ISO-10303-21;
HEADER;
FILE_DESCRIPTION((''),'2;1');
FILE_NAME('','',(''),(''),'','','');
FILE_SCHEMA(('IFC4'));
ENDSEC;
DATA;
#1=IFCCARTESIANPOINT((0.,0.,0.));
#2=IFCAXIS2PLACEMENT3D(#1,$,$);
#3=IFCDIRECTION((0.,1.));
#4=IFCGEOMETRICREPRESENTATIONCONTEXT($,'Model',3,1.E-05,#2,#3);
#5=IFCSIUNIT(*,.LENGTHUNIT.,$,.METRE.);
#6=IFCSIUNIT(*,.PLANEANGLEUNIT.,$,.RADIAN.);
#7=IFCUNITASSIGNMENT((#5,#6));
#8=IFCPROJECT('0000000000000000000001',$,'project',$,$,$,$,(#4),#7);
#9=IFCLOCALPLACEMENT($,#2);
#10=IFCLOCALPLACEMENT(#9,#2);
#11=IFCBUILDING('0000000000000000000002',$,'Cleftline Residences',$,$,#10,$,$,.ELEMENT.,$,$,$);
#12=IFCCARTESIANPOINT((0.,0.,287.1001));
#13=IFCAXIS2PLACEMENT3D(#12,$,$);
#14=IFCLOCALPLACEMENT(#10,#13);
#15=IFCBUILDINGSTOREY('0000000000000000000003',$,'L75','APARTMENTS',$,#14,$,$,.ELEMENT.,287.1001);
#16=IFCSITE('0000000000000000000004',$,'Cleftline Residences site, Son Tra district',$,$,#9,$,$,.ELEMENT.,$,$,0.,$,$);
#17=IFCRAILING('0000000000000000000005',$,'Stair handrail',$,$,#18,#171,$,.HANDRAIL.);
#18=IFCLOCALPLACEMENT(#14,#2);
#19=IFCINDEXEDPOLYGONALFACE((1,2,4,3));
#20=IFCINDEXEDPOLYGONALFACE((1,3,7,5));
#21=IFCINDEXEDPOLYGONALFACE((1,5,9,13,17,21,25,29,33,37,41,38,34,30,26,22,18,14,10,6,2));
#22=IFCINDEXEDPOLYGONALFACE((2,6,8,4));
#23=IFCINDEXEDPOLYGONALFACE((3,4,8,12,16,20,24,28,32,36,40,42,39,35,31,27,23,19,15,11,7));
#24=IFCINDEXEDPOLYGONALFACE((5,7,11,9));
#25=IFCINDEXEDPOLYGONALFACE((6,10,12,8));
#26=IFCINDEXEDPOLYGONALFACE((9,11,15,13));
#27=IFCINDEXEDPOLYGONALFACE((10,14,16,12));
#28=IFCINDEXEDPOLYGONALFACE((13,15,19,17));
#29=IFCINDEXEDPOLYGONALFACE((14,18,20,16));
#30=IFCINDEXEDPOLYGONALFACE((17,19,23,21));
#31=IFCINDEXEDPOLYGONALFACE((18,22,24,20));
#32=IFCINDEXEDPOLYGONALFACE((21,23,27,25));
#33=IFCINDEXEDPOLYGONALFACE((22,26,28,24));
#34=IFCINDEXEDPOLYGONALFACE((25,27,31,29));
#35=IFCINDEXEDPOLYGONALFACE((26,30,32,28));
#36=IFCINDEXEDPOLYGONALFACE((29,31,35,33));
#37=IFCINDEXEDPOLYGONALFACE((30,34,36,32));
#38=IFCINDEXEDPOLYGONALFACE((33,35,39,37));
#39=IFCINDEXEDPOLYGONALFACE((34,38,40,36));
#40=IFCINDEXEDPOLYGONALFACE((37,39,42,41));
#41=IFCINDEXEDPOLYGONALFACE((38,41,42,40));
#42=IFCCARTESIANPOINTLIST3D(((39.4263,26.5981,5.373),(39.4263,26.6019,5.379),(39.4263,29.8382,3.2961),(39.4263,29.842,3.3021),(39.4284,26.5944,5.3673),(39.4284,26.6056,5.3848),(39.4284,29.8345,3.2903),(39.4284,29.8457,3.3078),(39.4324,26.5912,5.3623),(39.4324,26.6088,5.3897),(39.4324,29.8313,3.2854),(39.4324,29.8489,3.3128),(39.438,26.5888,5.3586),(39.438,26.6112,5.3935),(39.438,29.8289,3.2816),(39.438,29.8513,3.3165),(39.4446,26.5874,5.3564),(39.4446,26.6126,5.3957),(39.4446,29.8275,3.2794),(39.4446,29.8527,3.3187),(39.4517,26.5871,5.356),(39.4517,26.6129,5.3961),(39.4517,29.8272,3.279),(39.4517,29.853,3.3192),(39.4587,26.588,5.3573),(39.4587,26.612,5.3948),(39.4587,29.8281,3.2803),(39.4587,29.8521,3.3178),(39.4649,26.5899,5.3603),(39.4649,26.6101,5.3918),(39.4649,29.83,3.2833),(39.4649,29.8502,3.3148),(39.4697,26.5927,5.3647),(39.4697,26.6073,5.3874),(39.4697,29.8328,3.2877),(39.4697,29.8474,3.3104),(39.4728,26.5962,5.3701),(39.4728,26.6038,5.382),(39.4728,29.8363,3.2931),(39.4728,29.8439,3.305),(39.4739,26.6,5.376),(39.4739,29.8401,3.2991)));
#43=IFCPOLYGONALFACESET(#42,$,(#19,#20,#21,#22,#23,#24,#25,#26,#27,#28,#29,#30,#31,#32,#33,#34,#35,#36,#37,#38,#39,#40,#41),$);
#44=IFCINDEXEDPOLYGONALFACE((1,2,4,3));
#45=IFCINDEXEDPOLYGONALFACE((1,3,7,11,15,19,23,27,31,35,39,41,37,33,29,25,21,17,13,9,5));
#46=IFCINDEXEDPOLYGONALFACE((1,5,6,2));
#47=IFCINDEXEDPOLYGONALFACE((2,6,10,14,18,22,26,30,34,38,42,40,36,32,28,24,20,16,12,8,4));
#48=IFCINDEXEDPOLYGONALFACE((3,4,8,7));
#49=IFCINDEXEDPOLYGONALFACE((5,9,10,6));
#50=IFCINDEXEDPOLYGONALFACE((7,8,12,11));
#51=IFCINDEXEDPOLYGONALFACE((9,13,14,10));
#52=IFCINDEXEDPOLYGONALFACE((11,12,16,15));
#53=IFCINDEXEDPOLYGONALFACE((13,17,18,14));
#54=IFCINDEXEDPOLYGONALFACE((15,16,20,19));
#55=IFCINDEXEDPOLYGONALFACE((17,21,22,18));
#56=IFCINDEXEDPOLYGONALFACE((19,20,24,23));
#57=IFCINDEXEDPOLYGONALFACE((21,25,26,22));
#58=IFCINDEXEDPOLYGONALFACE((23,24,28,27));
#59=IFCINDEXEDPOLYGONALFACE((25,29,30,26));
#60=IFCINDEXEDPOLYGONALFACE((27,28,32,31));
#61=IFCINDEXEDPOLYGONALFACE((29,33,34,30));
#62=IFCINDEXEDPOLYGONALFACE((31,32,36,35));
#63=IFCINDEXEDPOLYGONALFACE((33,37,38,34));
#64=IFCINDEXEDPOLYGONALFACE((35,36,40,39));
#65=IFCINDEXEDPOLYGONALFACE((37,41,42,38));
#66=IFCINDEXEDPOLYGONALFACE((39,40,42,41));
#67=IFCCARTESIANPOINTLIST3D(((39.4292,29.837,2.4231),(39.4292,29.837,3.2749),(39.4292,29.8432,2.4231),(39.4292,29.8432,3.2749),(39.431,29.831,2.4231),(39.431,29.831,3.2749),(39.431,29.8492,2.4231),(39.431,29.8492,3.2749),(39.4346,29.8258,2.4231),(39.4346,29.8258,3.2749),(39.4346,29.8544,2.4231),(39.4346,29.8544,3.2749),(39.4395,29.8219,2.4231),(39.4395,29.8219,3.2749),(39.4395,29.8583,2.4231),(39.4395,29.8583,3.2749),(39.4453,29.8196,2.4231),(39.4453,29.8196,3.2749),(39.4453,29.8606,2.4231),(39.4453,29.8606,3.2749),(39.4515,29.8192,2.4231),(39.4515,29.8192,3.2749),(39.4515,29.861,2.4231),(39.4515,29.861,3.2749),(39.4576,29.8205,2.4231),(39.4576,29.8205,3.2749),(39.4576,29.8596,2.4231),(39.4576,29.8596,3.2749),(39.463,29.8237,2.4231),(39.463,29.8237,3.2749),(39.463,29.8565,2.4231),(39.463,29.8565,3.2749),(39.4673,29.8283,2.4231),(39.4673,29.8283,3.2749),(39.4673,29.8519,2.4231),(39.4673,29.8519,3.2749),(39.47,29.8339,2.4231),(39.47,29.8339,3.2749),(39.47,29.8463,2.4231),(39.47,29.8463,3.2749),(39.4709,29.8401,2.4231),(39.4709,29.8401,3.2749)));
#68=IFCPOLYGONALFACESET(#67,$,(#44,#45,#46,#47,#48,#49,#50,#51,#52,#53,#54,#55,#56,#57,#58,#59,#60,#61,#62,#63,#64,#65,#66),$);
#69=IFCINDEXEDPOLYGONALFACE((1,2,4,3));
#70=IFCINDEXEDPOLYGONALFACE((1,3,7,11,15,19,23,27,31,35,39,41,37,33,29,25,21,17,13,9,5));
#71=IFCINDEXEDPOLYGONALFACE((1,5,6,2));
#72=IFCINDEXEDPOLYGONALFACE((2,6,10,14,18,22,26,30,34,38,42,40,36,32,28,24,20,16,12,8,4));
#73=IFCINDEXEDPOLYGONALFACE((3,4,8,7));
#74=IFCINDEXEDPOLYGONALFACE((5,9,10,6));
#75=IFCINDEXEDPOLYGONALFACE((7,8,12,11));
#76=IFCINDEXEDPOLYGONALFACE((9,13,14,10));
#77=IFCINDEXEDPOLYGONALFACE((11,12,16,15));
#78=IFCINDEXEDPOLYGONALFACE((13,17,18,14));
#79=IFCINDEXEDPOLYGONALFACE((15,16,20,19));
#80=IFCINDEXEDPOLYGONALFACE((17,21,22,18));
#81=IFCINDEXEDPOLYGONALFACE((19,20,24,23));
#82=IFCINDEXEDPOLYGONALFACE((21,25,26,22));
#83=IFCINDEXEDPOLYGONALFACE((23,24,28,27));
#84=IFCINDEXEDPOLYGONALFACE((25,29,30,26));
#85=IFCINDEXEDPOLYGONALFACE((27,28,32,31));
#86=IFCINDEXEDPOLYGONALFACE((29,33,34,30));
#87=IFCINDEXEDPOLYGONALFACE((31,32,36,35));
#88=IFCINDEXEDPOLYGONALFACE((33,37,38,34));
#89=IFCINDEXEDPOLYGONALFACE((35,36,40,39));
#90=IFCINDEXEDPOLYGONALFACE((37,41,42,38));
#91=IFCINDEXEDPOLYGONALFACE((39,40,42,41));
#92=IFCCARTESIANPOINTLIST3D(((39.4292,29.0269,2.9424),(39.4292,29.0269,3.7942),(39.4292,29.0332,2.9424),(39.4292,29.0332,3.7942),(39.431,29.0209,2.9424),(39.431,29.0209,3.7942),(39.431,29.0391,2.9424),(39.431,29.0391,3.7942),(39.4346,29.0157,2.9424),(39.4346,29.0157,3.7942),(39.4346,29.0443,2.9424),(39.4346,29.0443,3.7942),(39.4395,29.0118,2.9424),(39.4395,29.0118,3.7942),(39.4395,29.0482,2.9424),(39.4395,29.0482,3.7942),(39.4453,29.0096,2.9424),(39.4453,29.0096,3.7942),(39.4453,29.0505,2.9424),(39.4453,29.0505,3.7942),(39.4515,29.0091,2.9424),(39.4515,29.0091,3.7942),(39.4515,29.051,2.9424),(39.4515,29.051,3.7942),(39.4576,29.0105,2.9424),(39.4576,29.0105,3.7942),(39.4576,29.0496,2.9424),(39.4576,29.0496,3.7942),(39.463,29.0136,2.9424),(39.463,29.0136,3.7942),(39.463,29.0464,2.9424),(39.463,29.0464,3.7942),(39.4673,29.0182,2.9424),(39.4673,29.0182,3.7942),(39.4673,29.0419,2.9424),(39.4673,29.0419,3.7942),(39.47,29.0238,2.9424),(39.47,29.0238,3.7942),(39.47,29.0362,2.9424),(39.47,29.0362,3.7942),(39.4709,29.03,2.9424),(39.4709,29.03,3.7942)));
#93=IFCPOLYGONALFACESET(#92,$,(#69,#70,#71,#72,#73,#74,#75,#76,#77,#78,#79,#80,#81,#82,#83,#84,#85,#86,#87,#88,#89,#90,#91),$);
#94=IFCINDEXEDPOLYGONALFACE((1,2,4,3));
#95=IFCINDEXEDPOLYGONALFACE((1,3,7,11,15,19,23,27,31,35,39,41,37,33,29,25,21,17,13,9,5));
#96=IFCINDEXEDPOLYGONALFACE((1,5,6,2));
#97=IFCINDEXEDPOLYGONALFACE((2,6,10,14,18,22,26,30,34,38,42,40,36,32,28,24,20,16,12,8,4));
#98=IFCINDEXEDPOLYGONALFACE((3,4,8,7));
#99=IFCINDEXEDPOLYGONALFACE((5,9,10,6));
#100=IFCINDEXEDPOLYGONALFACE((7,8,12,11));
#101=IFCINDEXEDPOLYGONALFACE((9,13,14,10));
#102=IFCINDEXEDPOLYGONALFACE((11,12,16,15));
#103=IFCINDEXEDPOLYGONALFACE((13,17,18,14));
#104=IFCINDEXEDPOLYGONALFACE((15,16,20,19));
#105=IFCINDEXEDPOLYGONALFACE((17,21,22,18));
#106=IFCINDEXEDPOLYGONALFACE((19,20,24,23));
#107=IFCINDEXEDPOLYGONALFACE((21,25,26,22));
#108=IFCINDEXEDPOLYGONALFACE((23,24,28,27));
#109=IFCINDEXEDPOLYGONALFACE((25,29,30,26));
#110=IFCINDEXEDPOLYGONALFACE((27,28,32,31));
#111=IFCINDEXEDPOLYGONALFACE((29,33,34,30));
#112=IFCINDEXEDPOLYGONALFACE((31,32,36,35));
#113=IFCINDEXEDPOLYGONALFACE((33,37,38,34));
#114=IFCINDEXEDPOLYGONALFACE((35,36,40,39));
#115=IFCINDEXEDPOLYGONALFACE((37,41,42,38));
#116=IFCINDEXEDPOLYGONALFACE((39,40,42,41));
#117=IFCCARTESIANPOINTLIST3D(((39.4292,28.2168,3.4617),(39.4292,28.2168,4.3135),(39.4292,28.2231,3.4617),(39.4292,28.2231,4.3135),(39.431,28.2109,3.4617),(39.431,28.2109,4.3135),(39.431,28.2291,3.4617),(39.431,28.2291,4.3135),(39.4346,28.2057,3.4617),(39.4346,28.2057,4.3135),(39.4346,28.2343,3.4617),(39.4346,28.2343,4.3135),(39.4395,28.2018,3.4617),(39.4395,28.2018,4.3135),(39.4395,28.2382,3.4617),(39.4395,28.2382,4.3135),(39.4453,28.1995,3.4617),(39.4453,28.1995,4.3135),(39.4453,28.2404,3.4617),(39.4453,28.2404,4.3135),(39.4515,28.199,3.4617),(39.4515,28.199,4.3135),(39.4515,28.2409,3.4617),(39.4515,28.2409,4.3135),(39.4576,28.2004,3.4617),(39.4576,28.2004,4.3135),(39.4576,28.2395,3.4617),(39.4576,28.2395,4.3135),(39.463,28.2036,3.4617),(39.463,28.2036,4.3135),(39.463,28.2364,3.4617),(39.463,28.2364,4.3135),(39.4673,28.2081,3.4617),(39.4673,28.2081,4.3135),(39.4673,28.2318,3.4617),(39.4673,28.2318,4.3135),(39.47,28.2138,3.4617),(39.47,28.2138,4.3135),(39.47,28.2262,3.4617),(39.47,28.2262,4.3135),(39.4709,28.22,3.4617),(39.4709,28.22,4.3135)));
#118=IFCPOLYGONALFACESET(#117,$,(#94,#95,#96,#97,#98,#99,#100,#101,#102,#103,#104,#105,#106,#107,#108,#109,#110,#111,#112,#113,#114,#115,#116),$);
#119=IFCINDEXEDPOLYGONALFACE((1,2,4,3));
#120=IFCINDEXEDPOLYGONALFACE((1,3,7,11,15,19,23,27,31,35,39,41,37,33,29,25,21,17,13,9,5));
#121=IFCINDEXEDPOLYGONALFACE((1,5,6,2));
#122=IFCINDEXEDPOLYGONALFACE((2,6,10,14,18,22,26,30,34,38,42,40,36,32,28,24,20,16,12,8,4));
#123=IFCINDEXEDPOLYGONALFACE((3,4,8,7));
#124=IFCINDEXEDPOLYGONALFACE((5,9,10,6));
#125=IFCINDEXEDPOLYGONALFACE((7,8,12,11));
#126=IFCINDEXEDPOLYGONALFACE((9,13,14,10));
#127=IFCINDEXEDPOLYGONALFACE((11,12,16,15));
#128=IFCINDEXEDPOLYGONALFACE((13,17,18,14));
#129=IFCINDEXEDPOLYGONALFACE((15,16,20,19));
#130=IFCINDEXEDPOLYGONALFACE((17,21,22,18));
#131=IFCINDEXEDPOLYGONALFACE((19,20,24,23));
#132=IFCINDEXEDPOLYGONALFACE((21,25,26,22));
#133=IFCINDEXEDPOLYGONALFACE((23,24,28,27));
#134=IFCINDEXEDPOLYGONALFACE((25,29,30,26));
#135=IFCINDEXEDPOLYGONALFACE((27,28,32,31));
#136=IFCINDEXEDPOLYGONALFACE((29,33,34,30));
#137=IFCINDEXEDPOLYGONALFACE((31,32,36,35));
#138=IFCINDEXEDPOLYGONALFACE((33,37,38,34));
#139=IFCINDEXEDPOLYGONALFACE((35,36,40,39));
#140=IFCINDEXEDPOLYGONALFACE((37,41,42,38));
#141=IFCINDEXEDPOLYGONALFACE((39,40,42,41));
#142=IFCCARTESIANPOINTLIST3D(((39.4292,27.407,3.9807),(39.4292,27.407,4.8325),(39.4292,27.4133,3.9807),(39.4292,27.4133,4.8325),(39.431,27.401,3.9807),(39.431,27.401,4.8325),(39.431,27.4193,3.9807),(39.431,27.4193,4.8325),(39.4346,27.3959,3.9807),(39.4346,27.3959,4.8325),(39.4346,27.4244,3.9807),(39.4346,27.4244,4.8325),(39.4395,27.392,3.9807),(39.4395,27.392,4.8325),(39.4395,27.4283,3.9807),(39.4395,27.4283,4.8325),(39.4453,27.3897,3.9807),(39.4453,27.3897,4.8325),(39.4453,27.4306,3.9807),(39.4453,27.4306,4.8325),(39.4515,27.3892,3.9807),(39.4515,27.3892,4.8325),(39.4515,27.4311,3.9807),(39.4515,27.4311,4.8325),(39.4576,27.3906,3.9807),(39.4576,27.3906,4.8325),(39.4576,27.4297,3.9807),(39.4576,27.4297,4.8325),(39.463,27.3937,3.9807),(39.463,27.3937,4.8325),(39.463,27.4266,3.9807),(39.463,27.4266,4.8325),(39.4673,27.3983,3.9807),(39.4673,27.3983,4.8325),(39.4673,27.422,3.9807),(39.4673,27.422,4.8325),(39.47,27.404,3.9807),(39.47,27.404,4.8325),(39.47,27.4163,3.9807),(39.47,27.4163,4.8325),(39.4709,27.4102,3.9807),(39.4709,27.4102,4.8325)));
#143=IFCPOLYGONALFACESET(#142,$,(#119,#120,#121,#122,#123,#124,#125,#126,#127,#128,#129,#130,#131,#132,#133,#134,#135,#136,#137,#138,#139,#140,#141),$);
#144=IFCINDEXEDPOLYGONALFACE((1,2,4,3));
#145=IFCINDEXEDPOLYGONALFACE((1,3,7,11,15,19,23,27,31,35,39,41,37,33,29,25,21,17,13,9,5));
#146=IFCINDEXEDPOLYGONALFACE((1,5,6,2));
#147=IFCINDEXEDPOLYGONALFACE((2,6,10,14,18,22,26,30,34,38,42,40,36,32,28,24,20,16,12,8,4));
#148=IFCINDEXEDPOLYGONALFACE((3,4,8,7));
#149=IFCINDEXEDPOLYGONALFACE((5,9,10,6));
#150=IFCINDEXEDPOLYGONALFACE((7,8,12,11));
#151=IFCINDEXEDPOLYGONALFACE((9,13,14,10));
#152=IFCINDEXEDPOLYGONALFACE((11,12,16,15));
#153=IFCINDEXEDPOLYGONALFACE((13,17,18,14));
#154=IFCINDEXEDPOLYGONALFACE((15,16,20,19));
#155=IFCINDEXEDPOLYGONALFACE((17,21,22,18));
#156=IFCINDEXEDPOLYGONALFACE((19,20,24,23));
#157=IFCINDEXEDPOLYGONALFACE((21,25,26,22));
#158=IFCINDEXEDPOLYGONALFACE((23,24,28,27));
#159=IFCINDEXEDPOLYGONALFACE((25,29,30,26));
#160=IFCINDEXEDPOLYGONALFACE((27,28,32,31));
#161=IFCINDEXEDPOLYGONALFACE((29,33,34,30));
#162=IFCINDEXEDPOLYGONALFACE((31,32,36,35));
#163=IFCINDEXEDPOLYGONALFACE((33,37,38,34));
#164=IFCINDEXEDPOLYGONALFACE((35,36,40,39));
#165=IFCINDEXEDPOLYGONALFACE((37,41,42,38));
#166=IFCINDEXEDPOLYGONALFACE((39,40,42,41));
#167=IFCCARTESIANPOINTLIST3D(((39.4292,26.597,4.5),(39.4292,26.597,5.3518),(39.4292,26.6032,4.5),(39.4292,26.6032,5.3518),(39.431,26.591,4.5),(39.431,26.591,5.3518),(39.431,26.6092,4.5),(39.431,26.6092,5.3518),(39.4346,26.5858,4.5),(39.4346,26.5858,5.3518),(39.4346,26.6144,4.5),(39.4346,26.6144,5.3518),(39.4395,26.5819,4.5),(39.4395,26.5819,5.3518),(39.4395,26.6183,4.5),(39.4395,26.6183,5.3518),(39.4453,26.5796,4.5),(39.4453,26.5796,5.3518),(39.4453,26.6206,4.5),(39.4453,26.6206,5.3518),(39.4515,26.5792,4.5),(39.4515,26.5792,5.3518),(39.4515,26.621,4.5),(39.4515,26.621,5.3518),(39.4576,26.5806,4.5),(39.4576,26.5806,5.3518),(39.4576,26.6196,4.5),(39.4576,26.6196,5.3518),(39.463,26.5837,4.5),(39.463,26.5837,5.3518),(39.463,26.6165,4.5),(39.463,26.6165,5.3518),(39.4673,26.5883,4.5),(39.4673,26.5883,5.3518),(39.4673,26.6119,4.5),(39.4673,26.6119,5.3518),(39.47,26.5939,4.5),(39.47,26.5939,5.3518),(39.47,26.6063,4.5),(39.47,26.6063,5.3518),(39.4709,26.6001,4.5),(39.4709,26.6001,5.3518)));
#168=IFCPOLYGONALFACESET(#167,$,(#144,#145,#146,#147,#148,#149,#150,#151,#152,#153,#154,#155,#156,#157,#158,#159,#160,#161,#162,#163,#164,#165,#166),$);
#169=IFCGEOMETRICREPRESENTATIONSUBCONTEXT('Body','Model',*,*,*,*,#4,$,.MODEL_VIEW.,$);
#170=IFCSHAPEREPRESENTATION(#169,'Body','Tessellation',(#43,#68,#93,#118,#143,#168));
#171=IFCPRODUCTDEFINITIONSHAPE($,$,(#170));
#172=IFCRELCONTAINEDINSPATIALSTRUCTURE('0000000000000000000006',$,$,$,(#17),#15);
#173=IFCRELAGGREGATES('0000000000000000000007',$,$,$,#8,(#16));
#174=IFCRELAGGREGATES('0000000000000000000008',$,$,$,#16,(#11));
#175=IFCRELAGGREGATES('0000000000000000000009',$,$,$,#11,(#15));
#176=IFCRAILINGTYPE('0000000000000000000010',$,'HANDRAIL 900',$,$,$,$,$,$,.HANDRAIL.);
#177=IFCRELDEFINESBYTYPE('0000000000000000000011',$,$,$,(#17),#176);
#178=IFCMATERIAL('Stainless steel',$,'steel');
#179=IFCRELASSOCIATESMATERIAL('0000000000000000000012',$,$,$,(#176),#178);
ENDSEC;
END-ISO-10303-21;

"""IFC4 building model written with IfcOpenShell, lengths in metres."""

from ifc_helpers import new_model, si_unit, direction, frame, origin, origin_2d, place, context, subcontext, project, spatial, circle, extrude, material, type_object, element, save


model = new_model("IFC4")

# Units and contexts
model_context = context("Model", 3, precision=1e-05, world=origin(), true_north=direction((0.0, 1.0)))
body_context = subcontext(model_context, "Body", "Model", "MODEL_VIEW")
ifc_project = project(units=[si_unit("LENGTHUNIT", "METRE"), si_unit("PLANEANGLEUNIT", "RADIAN")], contexts=[model_context])

# Site, building, storey
site_placement = place(None, origin())
site = spatial("IfcSite", under=ifc_project, at=site_placement, Name="Cleftline Residences site, Son Tra district", CompositionType="ELEMENT", RefElevation=0.0)
building_placement = place(site_placement, origin())
building = spatial("IfcBuilding", under=site, at=building_placement, Name="Cleftline Residences", CompositionType="ELEMENT")
storey_placement = place(building_placement, frame((0.0, 0.0, 287.1001)))
storey = spatial("IfcBuildingStorey", under=building, at=storey_placement, Name="L75", Description="APARTMENTS", CompositionType="ELEMENT", Elevation=287.1001)

# Railing
ifc_material_1 = material(Name="Stainless steel", Category="steel")
railing_type = type_object("IfcRailingType", Name="HANDRAIL 900", PredefinedType="HANDRAIL", material=ifc_material_1)
railing_1_placement = place(storey_placement, frame((39.45, 29.8401, 2.4231)))
element("IfcRailing", 1, at=railing_1_placement, inside=storey, type_object=railing_type, Name="Stair handrail", PredefinedType="HANDRAIL", context=body_context, shape_type="SweptSolid", body=[
    extrude(circle(Radius=0.0239, at=origin_2d()), frame((0.0, 0.0, 0.876), z_axis=(0.0, -0.841881, 0.539664), x_axis=(1.0, 0.0, 0.0)), (0.0, 0.0, 1.0), 3.8486),
    extrude(circle(Radius=0.021, at=origin_2d()), origin(), (0.0, 0.0, 1.0), 0.8518),
    extrude(circle(Radius=0.021, at=origin_2d()), frame((0.0, -0.8101, 0.5193)), (0.0, 0.0, 1.0), 0.8518),
    extrude(circle(Radius=0.021, at=origin_2d()), frame((0.0, -1.6201, 1.0386)), (0.0, 0.0, 1.0), 0.8518),
    extrude(circle(Radius=0.021, at=origin_2d()), frame((0.0, -2.4299, 1.5576)), (0.0, 0.0, 1.0), 0.8518),
    extrude(circle(Radius=0.021, at=origin_2d()), frame((0.0, -3.24, 2.0769)), (0.0, 0.0, 1.0), 0.8518),
])

save(model, "model.ifc")
